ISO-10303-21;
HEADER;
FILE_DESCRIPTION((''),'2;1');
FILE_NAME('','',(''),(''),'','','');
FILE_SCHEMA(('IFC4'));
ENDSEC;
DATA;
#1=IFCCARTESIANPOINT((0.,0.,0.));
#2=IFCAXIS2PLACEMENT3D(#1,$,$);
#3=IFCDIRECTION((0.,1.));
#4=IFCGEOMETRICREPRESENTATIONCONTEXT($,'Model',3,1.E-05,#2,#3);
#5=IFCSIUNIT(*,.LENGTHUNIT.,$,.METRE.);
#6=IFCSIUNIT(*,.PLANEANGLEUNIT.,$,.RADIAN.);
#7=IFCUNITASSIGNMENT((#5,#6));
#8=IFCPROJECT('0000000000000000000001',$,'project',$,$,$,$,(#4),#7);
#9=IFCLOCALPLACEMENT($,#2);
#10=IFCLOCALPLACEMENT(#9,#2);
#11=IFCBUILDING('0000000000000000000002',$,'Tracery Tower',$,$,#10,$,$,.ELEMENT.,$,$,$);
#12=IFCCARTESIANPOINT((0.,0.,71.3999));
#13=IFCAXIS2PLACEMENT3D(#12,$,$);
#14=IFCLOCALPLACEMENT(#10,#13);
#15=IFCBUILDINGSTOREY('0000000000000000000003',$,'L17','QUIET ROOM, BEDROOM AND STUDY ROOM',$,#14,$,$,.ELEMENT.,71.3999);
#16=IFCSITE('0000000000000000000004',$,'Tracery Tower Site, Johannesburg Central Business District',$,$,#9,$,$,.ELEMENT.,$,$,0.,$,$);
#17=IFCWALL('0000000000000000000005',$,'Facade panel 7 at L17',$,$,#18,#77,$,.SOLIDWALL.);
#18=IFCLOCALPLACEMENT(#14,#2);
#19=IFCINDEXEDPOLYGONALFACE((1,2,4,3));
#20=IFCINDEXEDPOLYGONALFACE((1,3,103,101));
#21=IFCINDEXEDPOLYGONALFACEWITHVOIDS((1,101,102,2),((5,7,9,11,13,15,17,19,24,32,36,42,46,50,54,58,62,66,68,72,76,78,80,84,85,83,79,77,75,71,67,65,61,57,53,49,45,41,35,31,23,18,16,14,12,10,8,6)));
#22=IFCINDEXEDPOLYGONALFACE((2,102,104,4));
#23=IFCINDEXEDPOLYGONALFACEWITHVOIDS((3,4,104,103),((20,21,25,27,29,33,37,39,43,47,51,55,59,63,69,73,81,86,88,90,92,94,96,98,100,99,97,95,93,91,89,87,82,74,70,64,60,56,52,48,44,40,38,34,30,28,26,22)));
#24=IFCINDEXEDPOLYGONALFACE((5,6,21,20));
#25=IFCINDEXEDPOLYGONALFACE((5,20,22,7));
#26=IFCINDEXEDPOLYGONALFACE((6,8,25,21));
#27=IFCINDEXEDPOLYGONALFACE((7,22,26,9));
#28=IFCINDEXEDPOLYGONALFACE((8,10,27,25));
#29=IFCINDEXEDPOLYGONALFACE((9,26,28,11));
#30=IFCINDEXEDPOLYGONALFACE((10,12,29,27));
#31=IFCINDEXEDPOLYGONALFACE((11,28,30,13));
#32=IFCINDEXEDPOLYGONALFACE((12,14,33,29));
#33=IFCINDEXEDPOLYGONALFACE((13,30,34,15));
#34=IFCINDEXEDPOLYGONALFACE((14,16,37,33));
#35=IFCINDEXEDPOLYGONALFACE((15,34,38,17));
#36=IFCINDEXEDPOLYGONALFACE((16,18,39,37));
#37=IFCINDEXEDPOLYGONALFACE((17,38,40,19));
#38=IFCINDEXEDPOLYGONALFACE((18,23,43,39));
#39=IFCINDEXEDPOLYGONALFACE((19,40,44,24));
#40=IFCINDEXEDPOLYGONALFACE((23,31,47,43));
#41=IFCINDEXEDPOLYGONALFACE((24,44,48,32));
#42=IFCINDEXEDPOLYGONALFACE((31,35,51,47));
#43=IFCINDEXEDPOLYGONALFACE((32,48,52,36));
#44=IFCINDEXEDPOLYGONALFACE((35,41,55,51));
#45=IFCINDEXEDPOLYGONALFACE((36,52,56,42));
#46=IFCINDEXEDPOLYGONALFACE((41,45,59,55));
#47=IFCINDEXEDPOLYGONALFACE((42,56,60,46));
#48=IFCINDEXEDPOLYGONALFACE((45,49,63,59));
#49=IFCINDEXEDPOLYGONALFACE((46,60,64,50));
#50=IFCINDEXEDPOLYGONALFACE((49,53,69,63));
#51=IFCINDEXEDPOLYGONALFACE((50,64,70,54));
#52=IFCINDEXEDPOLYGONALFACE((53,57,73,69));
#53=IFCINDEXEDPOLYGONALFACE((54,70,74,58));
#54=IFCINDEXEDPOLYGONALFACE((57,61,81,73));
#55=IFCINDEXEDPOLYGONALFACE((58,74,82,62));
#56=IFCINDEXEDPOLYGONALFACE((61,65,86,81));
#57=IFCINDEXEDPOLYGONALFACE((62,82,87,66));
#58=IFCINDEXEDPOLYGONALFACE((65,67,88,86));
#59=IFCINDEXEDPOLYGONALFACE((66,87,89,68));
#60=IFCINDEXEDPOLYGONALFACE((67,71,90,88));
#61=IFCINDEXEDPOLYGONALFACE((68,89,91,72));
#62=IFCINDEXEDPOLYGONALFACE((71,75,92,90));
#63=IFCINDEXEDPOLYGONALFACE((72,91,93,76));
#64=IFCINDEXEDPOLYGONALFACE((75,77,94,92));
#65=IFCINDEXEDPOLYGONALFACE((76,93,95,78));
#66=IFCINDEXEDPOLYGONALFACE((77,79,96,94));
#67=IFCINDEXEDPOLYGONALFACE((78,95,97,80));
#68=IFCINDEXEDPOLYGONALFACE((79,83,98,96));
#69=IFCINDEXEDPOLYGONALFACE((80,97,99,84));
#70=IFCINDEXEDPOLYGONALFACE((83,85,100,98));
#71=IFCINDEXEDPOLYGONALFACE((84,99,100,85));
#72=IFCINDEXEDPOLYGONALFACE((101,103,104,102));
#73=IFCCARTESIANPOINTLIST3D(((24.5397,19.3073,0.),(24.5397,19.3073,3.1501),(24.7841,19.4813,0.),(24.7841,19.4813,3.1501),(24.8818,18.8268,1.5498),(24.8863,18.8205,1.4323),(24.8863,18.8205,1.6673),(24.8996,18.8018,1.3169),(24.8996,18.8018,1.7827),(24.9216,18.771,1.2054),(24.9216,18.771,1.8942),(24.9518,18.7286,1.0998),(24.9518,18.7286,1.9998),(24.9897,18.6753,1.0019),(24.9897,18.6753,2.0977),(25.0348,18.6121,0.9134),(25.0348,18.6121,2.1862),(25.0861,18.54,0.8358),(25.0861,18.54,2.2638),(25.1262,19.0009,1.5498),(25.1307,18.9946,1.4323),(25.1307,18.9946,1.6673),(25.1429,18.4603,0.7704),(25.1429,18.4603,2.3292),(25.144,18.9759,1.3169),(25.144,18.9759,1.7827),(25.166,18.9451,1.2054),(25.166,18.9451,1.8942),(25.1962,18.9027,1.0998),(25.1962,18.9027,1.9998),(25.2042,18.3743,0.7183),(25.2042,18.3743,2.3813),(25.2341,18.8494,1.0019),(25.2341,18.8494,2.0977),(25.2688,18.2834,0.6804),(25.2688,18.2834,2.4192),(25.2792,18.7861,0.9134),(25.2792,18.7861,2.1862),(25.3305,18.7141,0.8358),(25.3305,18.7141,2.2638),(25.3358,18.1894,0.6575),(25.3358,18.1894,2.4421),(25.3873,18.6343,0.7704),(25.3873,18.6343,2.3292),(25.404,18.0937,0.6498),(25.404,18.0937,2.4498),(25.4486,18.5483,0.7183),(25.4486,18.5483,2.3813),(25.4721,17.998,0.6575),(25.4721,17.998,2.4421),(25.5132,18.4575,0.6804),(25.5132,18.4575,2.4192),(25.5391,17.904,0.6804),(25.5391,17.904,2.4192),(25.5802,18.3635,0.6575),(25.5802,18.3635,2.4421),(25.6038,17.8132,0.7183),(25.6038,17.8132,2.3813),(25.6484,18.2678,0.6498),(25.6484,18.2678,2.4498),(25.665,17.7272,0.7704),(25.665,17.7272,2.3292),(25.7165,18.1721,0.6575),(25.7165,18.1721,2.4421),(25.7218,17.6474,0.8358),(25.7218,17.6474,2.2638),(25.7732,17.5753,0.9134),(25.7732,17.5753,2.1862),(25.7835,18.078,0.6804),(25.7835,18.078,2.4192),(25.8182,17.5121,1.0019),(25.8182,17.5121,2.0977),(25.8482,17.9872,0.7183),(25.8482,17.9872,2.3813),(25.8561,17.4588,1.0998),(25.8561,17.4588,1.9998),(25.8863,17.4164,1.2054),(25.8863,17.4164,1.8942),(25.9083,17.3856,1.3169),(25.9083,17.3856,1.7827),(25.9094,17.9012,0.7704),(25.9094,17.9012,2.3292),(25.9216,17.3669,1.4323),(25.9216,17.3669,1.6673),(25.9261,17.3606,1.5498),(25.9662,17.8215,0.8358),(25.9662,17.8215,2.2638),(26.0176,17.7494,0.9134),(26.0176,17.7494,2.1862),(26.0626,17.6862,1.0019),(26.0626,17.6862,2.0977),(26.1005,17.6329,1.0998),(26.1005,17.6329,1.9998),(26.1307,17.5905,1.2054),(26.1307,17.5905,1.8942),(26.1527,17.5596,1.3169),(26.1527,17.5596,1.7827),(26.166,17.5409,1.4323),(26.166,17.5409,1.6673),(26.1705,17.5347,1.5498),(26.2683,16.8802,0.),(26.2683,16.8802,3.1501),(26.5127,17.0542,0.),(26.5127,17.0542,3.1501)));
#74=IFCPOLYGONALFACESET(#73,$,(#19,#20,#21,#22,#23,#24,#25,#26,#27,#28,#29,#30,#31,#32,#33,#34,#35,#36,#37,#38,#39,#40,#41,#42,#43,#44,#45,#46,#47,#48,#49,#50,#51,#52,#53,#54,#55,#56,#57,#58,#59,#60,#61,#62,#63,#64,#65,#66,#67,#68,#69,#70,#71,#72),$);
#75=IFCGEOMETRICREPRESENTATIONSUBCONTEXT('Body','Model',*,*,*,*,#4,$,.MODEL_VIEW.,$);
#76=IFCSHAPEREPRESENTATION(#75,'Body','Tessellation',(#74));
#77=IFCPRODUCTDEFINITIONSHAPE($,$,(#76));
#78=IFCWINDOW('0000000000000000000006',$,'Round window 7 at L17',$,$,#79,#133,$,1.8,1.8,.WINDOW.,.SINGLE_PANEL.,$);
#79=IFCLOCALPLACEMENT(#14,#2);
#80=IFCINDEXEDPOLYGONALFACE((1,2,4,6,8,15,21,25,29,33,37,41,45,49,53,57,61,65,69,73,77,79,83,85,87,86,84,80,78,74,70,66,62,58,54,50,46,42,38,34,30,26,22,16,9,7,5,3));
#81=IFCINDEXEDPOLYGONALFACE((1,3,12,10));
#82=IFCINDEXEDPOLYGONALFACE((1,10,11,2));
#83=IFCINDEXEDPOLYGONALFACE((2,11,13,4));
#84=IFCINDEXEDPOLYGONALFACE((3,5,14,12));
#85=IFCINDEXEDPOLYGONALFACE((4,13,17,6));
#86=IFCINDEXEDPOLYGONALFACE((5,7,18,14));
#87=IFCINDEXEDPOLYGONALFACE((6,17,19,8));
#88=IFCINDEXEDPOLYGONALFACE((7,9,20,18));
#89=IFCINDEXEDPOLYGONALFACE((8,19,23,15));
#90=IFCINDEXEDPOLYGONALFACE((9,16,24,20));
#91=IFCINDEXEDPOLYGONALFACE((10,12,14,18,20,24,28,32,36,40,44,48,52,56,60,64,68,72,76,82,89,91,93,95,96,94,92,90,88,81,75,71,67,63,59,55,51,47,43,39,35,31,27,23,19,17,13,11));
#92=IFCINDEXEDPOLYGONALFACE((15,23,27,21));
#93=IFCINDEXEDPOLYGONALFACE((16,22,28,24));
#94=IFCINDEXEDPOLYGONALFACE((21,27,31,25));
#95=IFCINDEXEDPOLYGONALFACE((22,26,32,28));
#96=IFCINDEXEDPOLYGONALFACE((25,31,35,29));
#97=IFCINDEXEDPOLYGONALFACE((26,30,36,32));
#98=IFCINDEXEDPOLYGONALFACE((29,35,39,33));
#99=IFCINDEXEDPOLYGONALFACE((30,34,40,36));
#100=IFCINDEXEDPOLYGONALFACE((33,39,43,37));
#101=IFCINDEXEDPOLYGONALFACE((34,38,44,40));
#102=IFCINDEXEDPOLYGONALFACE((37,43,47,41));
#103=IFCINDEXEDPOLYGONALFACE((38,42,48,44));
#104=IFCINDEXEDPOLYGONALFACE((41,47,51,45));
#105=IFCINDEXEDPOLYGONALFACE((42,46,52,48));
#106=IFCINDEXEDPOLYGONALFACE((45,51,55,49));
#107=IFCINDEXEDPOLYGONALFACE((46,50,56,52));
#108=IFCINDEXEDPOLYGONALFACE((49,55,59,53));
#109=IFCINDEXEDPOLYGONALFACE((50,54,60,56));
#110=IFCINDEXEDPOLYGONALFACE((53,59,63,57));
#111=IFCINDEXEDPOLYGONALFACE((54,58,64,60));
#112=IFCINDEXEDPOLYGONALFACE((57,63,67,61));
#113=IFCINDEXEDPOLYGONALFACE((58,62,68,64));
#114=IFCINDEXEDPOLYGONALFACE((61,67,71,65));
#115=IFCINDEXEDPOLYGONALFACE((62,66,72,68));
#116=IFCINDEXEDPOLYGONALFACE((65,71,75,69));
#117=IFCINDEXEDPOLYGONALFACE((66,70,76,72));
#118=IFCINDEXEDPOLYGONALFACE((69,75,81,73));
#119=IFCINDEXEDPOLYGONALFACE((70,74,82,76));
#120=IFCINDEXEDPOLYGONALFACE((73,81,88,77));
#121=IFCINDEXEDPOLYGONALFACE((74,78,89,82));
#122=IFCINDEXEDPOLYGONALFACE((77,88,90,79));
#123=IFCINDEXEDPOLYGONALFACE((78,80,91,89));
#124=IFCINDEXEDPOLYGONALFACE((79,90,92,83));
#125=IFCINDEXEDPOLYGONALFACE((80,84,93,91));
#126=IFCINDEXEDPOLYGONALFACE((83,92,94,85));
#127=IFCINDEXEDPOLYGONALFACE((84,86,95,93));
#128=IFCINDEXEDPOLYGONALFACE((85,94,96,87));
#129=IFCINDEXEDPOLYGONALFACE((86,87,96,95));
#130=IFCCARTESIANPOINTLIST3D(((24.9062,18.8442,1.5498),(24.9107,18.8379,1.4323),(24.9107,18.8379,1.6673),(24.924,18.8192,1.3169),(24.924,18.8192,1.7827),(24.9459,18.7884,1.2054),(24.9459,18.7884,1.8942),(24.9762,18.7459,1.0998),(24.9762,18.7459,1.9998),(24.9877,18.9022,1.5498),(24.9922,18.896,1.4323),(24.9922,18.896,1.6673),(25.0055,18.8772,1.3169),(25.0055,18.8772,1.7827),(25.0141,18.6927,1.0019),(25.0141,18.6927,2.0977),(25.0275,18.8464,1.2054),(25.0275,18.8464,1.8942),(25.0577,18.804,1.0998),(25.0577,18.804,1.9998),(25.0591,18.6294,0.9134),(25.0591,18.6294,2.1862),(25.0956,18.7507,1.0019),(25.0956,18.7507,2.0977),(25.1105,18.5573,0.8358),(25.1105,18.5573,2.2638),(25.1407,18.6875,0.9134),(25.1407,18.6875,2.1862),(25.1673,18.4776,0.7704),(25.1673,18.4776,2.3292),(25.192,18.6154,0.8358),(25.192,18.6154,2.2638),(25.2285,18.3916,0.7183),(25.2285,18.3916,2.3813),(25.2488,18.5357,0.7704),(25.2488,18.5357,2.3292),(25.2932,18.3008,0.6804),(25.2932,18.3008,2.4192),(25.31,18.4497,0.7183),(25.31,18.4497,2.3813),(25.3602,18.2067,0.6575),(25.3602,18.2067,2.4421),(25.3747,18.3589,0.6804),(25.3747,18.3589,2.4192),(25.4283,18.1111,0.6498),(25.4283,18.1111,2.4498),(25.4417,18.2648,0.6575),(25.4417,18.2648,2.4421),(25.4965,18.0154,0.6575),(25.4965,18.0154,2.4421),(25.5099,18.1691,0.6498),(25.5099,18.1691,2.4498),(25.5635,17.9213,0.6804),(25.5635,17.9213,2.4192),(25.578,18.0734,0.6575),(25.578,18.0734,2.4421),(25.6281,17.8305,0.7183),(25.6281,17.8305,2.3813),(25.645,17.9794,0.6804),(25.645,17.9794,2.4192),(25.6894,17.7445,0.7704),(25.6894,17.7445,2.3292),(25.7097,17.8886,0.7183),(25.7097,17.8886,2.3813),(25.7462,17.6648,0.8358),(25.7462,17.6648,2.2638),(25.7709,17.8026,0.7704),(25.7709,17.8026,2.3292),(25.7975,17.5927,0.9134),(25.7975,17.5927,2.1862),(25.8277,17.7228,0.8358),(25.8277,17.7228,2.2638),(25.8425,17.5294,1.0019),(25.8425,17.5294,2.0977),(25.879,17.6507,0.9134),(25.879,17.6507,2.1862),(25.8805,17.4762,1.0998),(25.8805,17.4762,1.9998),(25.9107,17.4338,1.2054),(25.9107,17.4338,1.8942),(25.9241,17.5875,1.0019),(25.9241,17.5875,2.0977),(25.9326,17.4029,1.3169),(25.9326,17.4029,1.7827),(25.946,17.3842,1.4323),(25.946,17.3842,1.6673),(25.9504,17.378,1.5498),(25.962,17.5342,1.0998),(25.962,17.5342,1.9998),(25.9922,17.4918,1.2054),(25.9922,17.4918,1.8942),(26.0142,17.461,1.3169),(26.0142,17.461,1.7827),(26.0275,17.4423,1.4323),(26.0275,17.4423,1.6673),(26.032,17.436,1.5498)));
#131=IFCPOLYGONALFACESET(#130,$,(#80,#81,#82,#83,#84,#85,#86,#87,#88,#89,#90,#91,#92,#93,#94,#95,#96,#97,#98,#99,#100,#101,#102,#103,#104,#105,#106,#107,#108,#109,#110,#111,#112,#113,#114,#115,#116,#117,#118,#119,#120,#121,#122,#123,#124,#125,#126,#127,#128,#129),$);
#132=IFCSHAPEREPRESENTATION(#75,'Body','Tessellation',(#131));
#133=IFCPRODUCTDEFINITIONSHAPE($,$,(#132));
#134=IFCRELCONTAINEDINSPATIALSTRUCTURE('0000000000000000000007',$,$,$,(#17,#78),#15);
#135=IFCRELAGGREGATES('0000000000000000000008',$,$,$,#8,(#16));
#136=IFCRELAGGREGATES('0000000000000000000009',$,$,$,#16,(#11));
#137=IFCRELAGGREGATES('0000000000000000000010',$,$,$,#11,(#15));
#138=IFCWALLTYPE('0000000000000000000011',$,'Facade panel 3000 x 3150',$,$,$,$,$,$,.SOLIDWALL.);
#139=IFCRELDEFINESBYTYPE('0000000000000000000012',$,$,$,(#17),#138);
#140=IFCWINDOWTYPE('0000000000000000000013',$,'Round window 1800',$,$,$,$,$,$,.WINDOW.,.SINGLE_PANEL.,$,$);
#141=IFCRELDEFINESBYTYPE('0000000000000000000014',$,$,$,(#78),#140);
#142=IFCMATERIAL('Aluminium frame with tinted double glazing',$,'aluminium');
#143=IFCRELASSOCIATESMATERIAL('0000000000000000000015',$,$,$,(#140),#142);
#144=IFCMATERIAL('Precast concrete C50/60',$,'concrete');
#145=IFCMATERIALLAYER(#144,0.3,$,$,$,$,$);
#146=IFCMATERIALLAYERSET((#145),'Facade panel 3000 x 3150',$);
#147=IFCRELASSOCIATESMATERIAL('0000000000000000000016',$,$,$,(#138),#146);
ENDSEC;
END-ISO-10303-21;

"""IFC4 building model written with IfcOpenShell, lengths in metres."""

from ifc_helpers import new_model, si_unit, direction, frame, frame_2d, origin, origin_2d, place, context, subcontext, project, spatial, rectangle, circle, extrude, material, layer, layer_set, type_object, element, fill, save


model = new_model("IFC4")

# Units and contexts
model_context = context("Model", 3, precision=1e-05, world=origin(), true_north=direction((0.0, 1.0)))
body_context = subcontext(model_context, "Body", "Model", "MODEL_VIEW")
ifc_project = project(units=[si_unit("LENGTHUNIT", "METRE"), si_unit("PLANEANGLEUNIT", "RADIAN")], contexts=[model_context])

# Site, building, storey
site_placement = place(None, origin())
site = spatial("IfcSite", under=ifc_project, at=site_placement, Name="Tracery Tower Site, Johannesburg Central Business District", CompositionType="ELEMENT", RefElevation=0.0)
building_placement = place(site_placement, origin())
building = spatial("IfcBuilding", under=site, at=building_placement, Name="Tracery Tower", CompositionType="ELEMENT")
storey_placement = place(building_placement, frame((0.0, 0.0, 71.3999)))
storey = spatial("IfcBuildingStorey", under=building, at=storey_placement, Name="L17", Description="QUIET ROOM, BEDROOM AND STUDY ROOM", CompositionType="ELEMENT", Elevation=71.3999)

# Wall, opening, window
ifc_material_1 = material(Name="Aluminium frame with tinted double glazing", Category="aluminium")
window_type = type_object("IfcWindowType", Name="Round window 1800", PartitioningType="SINGLE_PANEL", PredefinedType="WINDOW", material=ifc_material_1)
ifc_material_2 = material(Name="Precast concrete C50/60", Category="concrete")
ifc_layer_1 = layer(ifc_material_2, 0.3)
ifc_layer_set_1 = layer_set([ifc_layer_1], Name="Facade panel 3000 x 3150")
wall_type_1 = type_object("IfcWallType", Name="Facade panel 3000 x 3150", PredefinedType="SOLIDWALL", material=ifc_layer_set_1)
wall_1_placement = place(storey_placement, frame((26.3904, 16.9673, 0.0), z_axis=(0.0, 0.0, 1.0), x_axis=(-0.580114, 0.814535, 0.0)))
wall_1 = element("IfcWall", 1, at=wall_1_placement, inside=storey, type_object=wall_type_1, Name="Facade panel 7 at L17", PredefinedType="SOLIDWALL", context=body_context, shape_type="SweptSolid", body=[
    extrude(rectangle(XDim=2.9797, YDim=0.3, at=frame_2d((1.4897, 0.0))), origin(), (0.0, 0.0, 1.0), 3.1501),
])
opening_1_placement = place(wall_1_placement, frame((1.4897, 0.0, 1.5498)))
opening_1 = element("IfcOpeningElement", 2, at=opening_1_placement, cuts=wall_1, PredefinedType="OPENING", context=body_context, shape_type="SweptSolid", body=[
    extrude(circle(Radius=0.9, at=origin_2d()), frame((0.0, 0.1599, 0.0), z_axis=(0.0, -1.0, 0.0), x_axis=(1.0, 0.0, 0.0)), (0.0, 0.0, 1.0), 0.3201),
])
window_1_placement = place(opening_1_placement, origin())
window_1 = element("IfcWindow", 3, at=window_1_placement, inside=storey, type_object=window_type, Name="Round window 7 at L17", OverallHeight=1.8, OverallWidth=1.8, PartitioningType="SINGLE_PANEL", PredefinedType="WINDOW", context=body_context, shape_type="SweptSolid", body=[
    extrude(circle(Radius=0.9, at=origin_2d()), frame((0.0, 0.1201, 0.0), z_axis=(0.0, -1.0, 0.0), x_axis=(1.0, 0.0, 0.0)), (0.0, 0.0, 1.0), 0.1001),
])
fill(opening_1, window_1)

save(model, "model.ifc")
